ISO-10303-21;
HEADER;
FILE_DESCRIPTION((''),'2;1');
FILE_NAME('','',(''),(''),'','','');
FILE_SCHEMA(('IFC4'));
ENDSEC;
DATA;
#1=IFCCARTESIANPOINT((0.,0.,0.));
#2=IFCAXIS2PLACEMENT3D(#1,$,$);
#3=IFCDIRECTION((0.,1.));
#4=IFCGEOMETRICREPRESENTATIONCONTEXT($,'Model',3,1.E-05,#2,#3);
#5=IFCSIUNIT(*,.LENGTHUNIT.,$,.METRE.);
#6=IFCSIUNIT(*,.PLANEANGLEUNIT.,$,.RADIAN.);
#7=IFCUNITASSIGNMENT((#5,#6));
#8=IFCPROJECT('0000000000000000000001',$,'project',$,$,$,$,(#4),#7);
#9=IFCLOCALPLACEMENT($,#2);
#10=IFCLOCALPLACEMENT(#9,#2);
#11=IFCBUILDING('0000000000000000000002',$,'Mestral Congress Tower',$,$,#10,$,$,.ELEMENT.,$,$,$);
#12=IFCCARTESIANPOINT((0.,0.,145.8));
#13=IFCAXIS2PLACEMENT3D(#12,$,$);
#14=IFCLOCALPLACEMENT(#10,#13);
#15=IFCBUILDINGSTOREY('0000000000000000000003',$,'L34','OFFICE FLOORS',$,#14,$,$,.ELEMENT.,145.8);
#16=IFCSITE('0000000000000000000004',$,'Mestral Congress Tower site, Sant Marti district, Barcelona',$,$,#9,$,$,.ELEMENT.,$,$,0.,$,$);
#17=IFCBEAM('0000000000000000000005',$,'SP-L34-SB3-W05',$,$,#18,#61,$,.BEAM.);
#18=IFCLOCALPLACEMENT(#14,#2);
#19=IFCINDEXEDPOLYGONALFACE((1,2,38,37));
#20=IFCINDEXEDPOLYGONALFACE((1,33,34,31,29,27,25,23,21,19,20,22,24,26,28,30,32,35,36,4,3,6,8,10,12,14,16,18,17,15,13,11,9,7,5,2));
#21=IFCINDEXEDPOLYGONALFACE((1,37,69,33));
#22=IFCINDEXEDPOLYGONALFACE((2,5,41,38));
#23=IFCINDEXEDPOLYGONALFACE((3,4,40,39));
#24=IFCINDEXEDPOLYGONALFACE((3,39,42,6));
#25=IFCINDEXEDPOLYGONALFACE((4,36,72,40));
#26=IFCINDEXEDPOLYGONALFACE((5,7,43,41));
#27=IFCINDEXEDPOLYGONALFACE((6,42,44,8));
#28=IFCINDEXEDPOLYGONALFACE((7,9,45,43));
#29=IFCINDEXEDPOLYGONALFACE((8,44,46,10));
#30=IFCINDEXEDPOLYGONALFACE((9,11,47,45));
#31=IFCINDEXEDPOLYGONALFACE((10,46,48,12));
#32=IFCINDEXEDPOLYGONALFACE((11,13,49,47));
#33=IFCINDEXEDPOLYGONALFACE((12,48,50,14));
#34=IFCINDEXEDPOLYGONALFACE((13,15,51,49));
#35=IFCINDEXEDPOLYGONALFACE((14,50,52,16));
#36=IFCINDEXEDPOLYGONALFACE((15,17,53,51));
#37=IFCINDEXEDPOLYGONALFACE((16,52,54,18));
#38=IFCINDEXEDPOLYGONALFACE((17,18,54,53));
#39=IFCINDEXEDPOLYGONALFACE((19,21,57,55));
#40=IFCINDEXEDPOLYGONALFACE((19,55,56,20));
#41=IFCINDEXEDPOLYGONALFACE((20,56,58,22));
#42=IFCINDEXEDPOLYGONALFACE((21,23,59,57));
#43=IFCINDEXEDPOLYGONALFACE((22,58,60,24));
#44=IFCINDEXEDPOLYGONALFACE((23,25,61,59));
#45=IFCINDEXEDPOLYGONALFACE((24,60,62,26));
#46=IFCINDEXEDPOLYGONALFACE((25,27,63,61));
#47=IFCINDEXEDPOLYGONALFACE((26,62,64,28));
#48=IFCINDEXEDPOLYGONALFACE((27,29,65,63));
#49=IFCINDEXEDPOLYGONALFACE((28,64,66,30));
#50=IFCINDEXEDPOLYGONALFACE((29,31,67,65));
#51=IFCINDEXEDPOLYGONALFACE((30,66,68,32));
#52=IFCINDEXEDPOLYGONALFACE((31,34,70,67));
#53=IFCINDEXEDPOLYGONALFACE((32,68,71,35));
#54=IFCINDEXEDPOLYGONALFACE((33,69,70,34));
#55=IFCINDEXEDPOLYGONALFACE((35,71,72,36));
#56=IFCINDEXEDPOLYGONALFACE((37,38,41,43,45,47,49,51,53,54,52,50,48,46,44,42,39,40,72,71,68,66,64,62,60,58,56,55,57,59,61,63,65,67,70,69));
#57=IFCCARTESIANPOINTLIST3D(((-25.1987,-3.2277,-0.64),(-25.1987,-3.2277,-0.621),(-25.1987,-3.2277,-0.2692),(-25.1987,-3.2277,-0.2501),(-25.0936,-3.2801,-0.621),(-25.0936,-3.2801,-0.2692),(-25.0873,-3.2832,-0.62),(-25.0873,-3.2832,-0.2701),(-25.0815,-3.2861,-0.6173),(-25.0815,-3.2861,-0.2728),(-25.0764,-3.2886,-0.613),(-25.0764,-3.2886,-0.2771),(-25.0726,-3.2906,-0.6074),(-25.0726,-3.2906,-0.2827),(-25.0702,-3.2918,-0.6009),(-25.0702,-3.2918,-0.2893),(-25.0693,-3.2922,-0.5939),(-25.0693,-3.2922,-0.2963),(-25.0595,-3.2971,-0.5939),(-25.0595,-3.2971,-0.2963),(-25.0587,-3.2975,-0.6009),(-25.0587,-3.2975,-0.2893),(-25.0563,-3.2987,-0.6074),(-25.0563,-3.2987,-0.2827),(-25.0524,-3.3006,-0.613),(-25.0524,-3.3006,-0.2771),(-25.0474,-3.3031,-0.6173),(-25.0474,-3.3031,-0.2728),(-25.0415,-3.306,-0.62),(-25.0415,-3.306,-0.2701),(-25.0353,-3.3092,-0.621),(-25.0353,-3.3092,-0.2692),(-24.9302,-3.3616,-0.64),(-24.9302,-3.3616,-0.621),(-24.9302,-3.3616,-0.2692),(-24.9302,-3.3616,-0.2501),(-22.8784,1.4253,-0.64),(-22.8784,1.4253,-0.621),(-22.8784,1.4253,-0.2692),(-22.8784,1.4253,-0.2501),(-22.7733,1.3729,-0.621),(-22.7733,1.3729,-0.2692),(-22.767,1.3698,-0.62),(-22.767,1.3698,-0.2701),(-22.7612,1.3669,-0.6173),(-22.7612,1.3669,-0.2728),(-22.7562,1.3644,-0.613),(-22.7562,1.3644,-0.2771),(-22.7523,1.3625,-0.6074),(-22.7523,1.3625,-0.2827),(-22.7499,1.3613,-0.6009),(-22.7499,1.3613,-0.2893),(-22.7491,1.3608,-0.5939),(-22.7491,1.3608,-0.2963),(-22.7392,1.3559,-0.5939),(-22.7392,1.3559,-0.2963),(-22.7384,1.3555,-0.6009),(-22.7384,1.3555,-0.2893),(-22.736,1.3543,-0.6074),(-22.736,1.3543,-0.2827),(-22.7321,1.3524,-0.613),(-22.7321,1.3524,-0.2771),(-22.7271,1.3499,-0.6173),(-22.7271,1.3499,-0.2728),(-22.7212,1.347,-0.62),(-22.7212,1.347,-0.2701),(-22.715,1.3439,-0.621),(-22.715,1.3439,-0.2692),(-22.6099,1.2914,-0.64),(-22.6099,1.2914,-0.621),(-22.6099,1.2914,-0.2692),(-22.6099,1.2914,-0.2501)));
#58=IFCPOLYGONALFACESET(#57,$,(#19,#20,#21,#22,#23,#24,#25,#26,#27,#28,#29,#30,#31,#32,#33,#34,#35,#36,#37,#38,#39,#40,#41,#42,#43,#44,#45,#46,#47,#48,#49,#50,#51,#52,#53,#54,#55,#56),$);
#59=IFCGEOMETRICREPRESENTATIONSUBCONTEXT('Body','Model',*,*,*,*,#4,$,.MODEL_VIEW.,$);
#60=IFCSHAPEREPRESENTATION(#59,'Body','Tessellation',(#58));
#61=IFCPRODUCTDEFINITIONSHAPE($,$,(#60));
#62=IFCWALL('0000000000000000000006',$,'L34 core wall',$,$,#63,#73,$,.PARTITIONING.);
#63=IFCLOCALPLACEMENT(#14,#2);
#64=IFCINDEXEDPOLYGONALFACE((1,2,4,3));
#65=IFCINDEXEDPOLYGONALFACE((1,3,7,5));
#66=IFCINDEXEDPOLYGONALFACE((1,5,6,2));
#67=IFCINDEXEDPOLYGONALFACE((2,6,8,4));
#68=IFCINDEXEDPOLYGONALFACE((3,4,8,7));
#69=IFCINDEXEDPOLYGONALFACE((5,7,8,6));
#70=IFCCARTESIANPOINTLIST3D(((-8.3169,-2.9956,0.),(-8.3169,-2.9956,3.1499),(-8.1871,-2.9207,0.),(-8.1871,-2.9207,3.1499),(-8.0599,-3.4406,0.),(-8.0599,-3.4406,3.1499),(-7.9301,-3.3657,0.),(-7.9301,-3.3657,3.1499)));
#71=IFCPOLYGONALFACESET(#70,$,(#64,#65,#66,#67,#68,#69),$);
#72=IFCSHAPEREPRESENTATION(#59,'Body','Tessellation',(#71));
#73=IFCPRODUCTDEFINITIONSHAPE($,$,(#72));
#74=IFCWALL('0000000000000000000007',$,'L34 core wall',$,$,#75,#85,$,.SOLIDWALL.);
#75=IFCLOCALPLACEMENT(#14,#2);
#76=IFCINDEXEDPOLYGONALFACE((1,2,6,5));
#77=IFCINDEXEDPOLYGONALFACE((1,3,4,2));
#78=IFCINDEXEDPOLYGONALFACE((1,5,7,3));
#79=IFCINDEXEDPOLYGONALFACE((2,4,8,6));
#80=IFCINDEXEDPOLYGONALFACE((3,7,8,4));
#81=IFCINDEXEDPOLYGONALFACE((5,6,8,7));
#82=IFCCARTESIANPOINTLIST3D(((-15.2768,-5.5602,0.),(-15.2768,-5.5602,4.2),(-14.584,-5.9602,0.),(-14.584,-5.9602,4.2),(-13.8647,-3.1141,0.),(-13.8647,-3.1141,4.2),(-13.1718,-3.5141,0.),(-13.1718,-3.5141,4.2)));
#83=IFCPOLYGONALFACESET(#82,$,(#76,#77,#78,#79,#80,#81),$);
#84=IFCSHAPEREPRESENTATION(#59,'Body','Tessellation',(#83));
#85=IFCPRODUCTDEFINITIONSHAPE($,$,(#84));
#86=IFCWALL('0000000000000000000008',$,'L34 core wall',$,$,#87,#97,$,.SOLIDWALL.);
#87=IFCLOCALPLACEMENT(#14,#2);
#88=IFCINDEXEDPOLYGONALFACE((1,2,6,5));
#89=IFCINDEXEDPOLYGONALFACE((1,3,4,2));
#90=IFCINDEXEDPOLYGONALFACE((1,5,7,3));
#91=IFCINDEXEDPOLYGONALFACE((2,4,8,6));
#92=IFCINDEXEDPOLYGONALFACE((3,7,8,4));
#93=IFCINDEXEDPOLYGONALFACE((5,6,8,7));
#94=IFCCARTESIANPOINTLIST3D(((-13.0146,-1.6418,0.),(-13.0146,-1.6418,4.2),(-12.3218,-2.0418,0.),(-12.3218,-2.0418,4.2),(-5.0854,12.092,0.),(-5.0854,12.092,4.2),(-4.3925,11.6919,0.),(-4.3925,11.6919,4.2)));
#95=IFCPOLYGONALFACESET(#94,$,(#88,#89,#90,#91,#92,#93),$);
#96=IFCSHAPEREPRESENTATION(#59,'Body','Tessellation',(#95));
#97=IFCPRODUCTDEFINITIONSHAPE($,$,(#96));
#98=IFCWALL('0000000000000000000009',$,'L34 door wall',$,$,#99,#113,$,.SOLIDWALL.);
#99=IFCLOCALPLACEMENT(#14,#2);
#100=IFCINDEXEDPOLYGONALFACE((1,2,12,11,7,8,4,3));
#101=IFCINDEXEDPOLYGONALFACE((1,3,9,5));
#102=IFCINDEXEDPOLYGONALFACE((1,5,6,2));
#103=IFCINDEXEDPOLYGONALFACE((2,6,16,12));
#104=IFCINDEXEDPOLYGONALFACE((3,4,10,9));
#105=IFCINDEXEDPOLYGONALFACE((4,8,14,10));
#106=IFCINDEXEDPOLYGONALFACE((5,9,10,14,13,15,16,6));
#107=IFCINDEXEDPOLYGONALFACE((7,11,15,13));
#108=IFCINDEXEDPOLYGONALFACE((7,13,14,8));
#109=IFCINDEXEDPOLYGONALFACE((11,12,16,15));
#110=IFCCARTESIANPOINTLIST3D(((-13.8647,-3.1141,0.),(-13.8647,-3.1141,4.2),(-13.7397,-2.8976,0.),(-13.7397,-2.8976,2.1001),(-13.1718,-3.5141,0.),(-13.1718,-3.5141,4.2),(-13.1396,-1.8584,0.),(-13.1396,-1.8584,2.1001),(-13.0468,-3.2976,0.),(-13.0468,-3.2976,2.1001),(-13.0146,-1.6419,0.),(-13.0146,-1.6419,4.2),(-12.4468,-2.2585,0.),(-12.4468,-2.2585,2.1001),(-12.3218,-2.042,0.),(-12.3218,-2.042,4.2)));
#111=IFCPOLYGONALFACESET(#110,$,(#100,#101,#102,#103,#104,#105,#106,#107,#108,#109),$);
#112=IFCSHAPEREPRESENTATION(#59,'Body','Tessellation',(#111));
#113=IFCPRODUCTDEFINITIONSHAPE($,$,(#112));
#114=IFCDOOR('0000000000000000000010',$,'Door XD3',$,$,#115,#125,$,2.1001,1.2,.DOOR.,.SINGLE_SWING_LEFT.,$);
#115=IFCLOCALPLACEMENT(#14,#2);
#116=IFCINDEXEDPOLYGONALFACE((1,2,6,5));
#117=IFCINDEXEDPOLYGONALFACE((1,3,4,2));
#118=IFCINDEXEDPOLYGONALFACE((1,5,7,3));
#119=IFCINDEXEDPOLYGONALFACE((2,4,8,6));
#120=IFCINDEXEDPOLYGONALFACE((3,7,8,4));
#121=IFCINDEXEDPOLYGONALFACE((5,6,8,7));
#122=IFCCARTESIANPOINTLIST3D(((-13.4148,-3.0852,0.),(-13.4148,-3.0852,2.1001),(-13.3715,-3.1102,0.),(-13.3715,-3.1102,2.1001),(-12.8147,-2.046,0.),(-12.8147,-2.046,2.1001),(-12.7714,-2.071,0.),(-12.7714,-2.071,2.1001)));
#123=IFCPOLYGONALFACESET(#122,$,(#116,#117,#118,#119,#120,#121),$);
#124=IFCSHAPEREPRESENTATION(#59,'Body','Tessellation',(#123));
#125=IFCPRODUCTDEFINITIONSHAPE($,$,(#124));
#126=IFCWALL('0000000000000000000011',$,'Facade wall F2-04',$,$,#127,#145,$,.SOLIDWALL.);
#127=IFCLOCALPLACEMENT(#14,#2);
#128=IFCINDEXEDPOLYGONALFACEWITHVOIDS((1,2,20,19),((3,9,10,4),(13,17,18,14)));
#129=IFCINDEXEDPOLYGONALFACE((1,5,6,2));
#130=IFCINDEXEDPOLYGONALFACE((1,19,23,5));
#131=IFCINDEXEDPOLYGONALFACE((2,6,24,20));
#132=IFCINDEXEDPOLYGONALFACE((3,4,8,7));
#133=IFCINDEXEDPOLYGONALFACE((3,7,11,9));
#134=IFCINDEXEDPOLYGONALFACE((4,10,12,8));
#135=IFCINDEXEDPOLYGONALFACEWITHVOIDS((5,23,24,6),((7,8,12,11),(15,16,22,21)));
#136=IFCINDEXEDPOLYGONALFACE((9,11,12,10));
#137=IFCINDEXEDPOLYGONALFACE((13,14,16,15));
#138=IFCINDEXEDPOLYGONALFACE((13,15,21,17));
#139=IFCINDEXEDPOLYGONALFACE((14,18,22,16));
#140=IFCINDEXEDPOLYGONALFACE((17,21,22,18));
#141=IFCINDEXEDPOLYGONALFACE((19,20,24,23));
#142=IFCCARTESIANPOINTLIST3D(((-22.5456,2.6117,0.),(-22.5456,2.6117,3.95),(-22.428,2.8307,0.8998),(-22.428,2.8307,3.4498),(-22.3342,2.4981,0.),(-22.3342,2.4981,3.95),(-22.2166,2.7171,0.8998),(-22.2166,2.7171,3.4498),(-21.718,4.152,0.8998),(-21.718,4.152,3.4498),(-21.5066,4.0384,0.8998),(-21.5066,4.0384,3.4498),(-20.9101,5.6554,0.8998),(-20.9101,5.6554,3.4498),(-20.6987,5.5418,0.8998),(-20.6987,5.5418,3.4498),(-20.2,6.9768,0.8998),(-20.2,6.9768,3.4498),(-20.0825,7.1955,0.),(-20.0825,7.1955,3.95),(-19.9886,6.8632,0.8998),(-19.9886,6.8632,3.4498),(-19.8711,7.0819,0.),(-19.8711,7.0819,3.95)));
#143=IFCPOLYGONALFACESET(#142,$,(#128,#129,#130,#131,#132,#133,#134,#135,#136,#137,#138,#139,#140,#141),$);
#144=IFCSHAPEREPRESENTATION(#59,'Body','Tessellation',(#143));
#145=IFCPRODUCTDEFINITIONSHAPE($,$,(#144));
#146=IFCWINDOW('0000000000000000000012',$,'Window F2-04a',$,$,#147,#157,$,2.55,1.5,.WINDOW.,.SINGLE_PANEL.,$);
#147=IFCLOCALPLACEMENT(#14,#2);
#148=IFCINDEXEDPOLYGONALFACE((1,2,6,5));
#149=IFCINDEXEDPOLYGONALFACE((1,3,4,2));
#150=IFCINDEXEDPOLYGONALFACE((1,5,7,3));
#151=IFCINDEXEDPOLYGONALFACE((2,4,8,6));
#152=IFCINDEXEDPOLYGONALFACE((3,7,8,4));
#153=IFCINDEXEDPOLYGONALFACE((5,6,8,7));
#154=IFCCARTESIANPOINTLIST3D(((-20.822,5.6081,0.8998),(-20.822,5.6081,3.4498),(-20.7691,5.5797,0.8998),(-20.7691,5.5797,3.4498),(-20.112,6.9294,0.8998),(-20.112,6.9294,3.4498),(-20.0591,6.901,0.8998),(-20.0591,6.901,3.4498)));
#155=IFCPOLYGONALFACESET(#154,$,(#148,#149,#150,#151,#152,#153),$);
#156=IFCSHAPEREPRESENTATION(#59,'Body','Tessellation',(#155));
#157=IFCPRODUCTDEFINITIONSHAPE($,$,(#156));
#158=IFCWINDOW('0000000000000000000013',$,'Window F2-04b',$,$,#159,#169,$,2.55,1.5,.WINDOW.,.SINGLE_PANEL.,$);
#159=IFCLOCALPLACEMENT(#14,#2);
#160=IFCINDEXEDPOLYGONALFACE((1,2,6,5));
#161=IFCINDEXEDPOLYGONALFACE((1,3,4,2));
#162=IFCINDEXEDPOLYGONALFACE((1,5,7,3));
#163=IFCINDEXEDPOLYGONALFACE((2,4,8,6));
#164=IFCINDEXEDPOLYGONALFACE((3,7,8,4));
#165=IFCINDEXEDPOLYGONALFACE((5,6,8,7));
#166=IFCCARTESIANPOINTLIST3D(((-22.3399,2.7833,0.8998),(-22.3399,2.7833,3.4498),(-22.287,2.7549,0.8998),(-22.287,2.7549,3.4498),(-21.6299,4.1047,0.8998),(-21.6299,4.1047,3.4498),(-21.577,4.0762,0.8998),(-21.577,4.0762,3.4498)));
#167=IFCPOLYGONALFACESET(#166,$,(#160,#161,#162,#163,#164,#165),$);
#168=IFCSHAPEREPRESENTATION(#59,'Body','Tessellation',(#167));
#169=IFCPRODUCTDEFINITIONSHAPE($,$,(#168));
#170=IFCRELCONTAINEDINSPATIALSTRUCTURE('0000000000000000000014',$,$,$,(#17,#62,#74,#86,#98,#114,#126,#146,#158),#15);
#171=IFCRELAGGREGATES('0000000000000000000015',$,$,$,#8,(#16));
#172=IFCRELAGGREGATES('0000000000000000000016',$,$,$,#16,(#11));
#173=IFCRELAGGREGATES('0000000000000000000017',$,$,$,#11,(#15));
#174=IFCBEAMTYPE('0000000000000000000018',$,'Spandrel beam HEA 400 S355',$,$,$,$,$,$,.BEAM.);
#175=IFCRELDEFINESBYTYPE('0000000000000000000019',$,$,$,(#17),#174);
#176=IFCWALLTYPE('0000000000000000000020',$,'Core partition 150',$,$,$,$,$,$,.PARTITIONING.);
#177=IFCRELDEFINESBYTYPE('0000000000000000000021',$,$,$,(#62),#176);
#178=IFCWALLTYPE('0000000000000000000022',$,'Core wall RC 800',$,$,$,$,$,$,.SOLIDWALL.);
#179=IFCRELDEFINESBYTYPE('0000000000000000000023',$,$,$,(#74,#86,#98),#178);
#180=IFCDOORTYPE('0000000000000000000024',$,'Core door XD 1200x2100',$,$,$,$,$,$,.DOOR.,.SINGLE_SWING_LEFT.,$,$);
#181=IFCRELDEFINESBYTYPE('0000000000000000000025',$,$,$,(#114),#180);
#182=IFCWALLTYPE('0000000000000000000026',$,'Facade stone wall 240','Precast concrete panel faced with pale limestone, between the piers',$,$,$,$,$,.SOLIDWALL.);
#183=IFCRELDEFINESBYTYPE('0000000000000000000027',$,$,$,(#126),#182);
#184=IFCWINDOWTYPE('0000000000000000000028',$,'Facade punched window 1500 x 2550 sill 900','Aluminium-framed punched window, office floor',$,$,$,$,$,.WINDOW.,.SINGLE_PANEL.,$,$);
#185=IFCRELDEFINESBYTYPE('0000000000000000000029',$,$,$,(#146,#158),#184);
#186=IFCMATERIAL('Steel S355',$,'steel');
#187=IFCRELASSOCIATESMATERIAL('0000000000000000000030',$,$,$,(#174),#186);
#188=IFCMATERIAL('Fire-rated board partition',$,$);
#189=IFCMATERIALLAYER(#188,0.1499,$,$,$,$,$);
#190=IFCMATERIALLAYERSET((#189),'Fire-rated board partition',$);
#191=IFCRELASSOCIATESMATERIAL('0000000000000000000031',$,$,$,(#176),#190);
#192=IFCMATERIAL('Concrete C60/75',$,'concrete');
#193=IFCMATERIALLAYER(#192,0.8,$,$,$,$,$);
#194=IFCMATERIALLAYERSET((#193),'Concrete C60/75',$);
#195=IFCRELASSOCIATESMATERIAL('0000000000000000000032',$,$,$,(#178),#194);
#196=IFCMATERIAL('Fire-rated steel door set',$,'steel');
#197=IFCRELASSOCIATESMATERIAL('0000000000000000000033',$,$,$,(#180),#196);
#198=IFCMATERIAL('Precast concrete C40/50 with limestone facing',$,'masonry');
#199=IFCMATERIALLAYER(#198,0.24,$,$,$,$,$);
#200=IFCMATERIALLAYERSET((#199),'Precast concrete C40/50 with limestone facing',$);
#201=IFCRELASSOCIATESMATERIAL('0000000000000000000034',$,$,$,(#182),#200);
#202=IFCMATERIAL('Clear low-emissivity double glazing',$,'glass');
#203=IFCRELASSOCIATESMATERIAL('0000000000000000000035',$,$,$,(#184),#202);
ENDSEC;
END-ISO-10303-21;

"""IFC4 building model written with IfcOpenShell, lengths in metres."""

from ifc_helpers import new_model, si_unit, direction, frame, frame_2d, origin, origin_2d, place, context, subcontext, project, spatial, rectangle, i_section, extrude, material, layer, layer_set, material_profile, profile_set, type_object, element, fill, save


model = new_model("IFC4")

# Units and contexts
model_context = context("Model", 3, precision=1e-05, world=origin(), true_north=direction((0.0, 1.0)))
body_context = subcontext(model_context, "Body", "Model", "MODEL_VIEW")
ifc_project = project(units=[si_unit("LENGTHUNIT", "METRE"), si_unit("PLANEANGLEUNIT", "RADIAN")], contexts=[model_context])

# Site, building, storey
site_placement = place(None, origin())
site = spatial("IfcSite", under=ifc_project, at=site_placement, Name="Mestral Congress Tower site, Sant Marti district, Barcelona", CompositionType="ELEMENT", RefElevation=0.0)
building_placement = place(site_placement, origin())
building = spatial("IfcBuilding", under=site, at=building_placement, Name="Mestral Congress Tower", CompositionType="ELEMENT")
storey_placement = place(building_placement, frame((0.0, 0.0, 145.8)))
storey = spatial("IfcBuildingStorey", under=building, at=storey_placement, Name="L34", Description="OFFICE FLOORS", CompositionType="ELEMENT", Elevation=145.8)

# Shared definitions
ifc_material_1 = material(Name="Concrete C60/75", Category="concrete")

# Beam
ifc_material_2 = material(Name="Steel S355", Category="steel")
ifc_material_profile_1 = material_profile(ifc_material_2, i_section(OverallWidth=0.3, OverallDepth=0.3899, WebThickness=0.011, FlangeThickness=0.019, FilletRadius=0.0271, at=origin_2d()), Name="HEA 400")
ifc_profile_set_1 = profile_set([ifc_material_profile_1], Name="Steel S355")
beam_type_1 = type_object("IfcBeamType", Name="Spandrel beam HEA 400 S355", PredefinedType="BEAM", material=ifc_profile_set_1)
beam_1_placement = place(storey_placement, frame((-22.7441, 1.3584, -0.4451), z_axis=(-0.446255, -0.894906, 0.0), x_axis=(0.894906, -0.446255, 0.0)))
element("IfcBeam", 1, at=beam_1_placement, inside=storey, type_object=beam_type_1, Name="SP-L34-SB3-W05", PredefinedType="BEAM", context=body_context, shape_type="SweptSolid", body=[
    extrude(i_section(OverallWidth=0.3, OverallDepth=0.3899, WebThickness=0.011, FlangeThickness=0.019, FilletRadius=0.0271, at=origin_2d()), origin(), (0.0, 0.0, 1.0), 5.1995),
])

# Walls
ifc_material_3 = material(Name="Fire-rated board partition")
ifc_layer_1 = layer(ifc_material_3, 0.1499)
ifc_layer_set_1 = layer_set([ifc_layer_1], Name="Fire-rated board partition")
wall_type_1 = type_object("IfcWallType", Name="Core partition 150", PredefinedType="PARTITIONING", material=ifc_layer_set_1)
wall_1_placement = place(storey_placement, frame((-8.252, -2.9583, 0.0), z_axis=(0.0, 0.0, 1.0), x_axis=(0.500175, -0.865925, 0.0)))
element("IfcWall", 2, at=wall_1_placement, inside=storey, type_object=wall_type_1, Name="L34 core wall", PredefinedType="PARTITIONING", context=body_context, shape_type="SweptSolid", body=[
    extrude(rectangle(XDim=0.5139, YDim=0.1499, at=frame_2d((0.2568, 0.0))), origin(), (0.0, 0.0, 1.0), 3.1499),
])
ifc_layer_2 = layer(ifc_material_1, 0.8)
ifc_layer_set_2 = layer_set([ifc_layer_2], Name="Concrete C60/75")
wall_type_2 = type_object("IfcWallType", Name="Core wall RC 800", PredefinedType="SOLIDWALL", material=ifc_layer_set_2)
wall_2_placement = place(storey_placement, frame((-13.5183, -3.3142, 0.0), z_axis=(0.0, 0.0, 1.0), x_axis=(-0.499969, -0.866043, 0.0)))
element("IfcWall", 3, at=wall_2_placement, inside=storey, type_object=wall_type_2, Name="L34 core wall", PredefinedType="SOLIDWALL", context=body_context, shape_type="SweptSolid", body=[
    extrude(rectangle(XDim=2.8245, YDim=0.8, at=frame_2d((1.4121, 0.0))), origin(), (0.0, 0.0, 1.0), 4.2),
])
wall_3_placement = place(storey_placement, frame((-12.6682, -1.8418, 0.0), z_axis=(0.0, 0.0, 1.0), x_axis=(0.500004, 0.866023, 0.0)))
element("IfcWall", 4, at=wall_3_placement, inside=storey, type_object=wall_type_2, Name="L34 core wall", PredefinedType="SOLIDWALL", context=body_context, shape_type="SweptSolid", body=[
    extrude(rectangle(XDim=15.8584, YDim=0.8, at=frame_2d((7.9292, 0.0))), origin(), (0.0, 0.0, 1.0), 4.2),
])

# Wall, opening, door
wall_4_placement = place(storey_placement, frame((-13.5183, -3.3142, 0.0), z_axis=(0.0, 0.0, 1.0), x_axis=(0.500062, 0.865989, 0.0)))
wall_4 = element("IfcWall", 5, at=wall_4_placement, inside=storey, type_object=wall_type_2, Name="L34 door wall", PredefinedType="SOLIDWALL", context=body_context, shape_type="SweptSolid", body=[
    extrude(rectangle(XDim=1.7, YDim=0.8, at=frame_2d((0.8501, 0.0))), origin(), (0.0, 0.0, 1.0), 4.2),
])
opening_1_placement = place(wall_4_placement, frame((0.25, 0.0, 0.0)))
opening_1 = element("IfcOpeningElement", 6, at=opening_1_placement, cuts=wall_4, PredefinedType="OPENING", context=body_context, shape_type="SweptSolid", body=[
    extrude(rectangle(XDim=1.2, YDim=2.1001, at=frame_2d((0.6001, 1.05))), frame((0.0, 0.4099, 0.0), z_axis=(0.0, -1.0, 0.0), x_axis=(1.0, 0.0, 0.0)), (0.0, 0.0, 1.0), 0.8201),
])
ifc_material_4 = material(Name="Fire-rated steel door set", Category="steel")
door_type_1 = type_object("IfcDoorType", Name="Core door XD 1200x2100", OperationType="SINGLE_SWING_LEFT", PredefinedType="DOOR", material=ifc_material_4)
door_1_placement = place(opening_1_placement, origin())
door_1 = element("IfcDoor", 7, at=door_1_placement, inside=storey, type_object=door_type_1, Name="Door XD3", OperationType="SINGLE_SWING_LEFT", OverallHeight=2.1001, OverallWidth=1.2, PredefinedType="DOOR", context=body_context, shape_type="SweptSolid", body=[
    extrude(rectangle(XDim=1.2, YDim=2.1001, at=frame_2d((0.6001, 1.05))), frame((0.0, 0.0249, 0.0), z_axis=(0.0, -1.0, 0.0), x_axis=(1.0, 0.0, 0.0)), (0.0, 0.0, 1.0), 0.05),
])
fill(opening_1, door_1)

# Wall, openings, windows
ifc_material_5 = material(Name="Precast concrete C40/50 with limestone facing", Category="masonry")
ifc_layer_3 = layer(ifc_material_5, 0.24)
ifc_layer_set_3 = layer_set([ifc_layer_3], Name="Precast concrete C40/50 with limestone facing")
wall_type_3 = type_object("IfcWallType", Name="Facade stone wall 240", Description="Precast concrete panel faced with pale limestone, between the piers", PredefinedType="SOLIDWALL", material=ifc_layer_set_3)
wall_5_placement = place(storey_placement, frame((-19.9768, 7.1387, 0.0), z_axis=(0.0, 0.0, 1.0), x_axis=(-0.47335, -0.880875, 0.0)))
wall_5 = element("IfcWall", 8, at=wall_5_placement, inside=storey, type_object=wall_type_3, Name="Facade wall F2-04", PredefinedType="SOLIDWALL", context=body_context, shape_type="SweptSolid", body=[
    extrude(rectangle(XDim=5.2036, YDim=0.24, at=frame_2d((2.6018, 0.0))), origin(), (0.0, 0.0, 1.0), 3.95),
])
opening_2_placement = place(wall_5_placement, frame((0.2483, 0.0, 0.8999)))
opening_2 = element("IfcOpeningElement", 9, at=opening_2_placement, cuts=wall_5, PredefinedType="OPENING", context=body_context, shape_type="SweptSolid", body=[
    extrude(rectangle(XDim=1.5, YDim=2.55, at=frame_2d((0.75, 1.2749))), frame((0.0, 0.1299, 0.0), z_axis=(0.0, -1.0, 0.0), x_axis=(1.0, 0.0, 0.0)), (0.0, 0.0, 1.0), 0.26),
])
opening_3_placement = place(wall_5_placement, frame((3.4551, 0.0, 0.8999)))
opening_3 = element("IfcOpeningElement", 10, at=opening_3_placement, cuts=wall_5, PredefinedType="OPENING", context=body_context, shape_type="SweptSolid", body=[
    extrude(rectangle(XDim=1.5, YDim=2.55, at=frame_2d((0.75, 1.2749))), frame((0.0, 0.1299, 0.0), z_axis=(0.0, -1.0, 0.0), x_axis=(1.0, 0.0, 0.0)), (0.0, 0.0, 1.0), 0.26),
])
ifc_material_6 = material(Name="Clear low-emissivity double glazing", Category="glass")
window_type = type_object("IfcWindowType", Name="Facade punched window 1500 x 2550 sill 900", Description="Aluminium-framed punched window, office floor", PartitioningType="SINGLE_PANEL", PredefinedType="WINDOW", material=ifc_material_6)
window_1_placement = place(opening_2_placement, origin())
window_1 = element("IfcWindow", 11, at=window_1_placement, inside=storey, type_object=window_type, Name="Window F2-04a", OverallHeight=2.55, OverallWidth=1.5, PartitioningType="SINGLE_PANEL", PredefinedType="WINDOW", context=body_context, shape_type="SweptSolid", body=[
    extrude(rectangle(XDim=1.5, YDim=2.55, at=frame_2d((0.75, 1.2749))), frame((0.0, 0.04, 0.0), z_axis=(0.0, -1.0, 0.0), x_axis=(1.0, 0.0, 0.0)), (0.0, 0.0, 1.0), 0.0601),
])
fill(opening_2, window_1)
window_2_placement = place(opening_3_placement, origin())
window_2 = element("IfcWindow", 12, at=window_2_placement, inside=storey, type_object=window_type, Name="Window F2-04b", OverallHeight=2.55, OverallWidth=1.5, PartitioningType="SINGLE_PANEL", PredefinedType="WINDOW", context=body_context, shape_type="SweptSolid", body=[
    extrude(rectangle(XDim=1.5, YDim=2.55, at=frame_2d((0.75, 1.2749))), frame((0.0, 0.04, 0.0), z_axis=(0.0, -1.0, 0.0), x_axis=(1.0, 0.0, 0.0)), (0.0, 0.0, 1.0), 0.0601),
])
fill(opening_3, window_2)

save(model, "model.ifc")
